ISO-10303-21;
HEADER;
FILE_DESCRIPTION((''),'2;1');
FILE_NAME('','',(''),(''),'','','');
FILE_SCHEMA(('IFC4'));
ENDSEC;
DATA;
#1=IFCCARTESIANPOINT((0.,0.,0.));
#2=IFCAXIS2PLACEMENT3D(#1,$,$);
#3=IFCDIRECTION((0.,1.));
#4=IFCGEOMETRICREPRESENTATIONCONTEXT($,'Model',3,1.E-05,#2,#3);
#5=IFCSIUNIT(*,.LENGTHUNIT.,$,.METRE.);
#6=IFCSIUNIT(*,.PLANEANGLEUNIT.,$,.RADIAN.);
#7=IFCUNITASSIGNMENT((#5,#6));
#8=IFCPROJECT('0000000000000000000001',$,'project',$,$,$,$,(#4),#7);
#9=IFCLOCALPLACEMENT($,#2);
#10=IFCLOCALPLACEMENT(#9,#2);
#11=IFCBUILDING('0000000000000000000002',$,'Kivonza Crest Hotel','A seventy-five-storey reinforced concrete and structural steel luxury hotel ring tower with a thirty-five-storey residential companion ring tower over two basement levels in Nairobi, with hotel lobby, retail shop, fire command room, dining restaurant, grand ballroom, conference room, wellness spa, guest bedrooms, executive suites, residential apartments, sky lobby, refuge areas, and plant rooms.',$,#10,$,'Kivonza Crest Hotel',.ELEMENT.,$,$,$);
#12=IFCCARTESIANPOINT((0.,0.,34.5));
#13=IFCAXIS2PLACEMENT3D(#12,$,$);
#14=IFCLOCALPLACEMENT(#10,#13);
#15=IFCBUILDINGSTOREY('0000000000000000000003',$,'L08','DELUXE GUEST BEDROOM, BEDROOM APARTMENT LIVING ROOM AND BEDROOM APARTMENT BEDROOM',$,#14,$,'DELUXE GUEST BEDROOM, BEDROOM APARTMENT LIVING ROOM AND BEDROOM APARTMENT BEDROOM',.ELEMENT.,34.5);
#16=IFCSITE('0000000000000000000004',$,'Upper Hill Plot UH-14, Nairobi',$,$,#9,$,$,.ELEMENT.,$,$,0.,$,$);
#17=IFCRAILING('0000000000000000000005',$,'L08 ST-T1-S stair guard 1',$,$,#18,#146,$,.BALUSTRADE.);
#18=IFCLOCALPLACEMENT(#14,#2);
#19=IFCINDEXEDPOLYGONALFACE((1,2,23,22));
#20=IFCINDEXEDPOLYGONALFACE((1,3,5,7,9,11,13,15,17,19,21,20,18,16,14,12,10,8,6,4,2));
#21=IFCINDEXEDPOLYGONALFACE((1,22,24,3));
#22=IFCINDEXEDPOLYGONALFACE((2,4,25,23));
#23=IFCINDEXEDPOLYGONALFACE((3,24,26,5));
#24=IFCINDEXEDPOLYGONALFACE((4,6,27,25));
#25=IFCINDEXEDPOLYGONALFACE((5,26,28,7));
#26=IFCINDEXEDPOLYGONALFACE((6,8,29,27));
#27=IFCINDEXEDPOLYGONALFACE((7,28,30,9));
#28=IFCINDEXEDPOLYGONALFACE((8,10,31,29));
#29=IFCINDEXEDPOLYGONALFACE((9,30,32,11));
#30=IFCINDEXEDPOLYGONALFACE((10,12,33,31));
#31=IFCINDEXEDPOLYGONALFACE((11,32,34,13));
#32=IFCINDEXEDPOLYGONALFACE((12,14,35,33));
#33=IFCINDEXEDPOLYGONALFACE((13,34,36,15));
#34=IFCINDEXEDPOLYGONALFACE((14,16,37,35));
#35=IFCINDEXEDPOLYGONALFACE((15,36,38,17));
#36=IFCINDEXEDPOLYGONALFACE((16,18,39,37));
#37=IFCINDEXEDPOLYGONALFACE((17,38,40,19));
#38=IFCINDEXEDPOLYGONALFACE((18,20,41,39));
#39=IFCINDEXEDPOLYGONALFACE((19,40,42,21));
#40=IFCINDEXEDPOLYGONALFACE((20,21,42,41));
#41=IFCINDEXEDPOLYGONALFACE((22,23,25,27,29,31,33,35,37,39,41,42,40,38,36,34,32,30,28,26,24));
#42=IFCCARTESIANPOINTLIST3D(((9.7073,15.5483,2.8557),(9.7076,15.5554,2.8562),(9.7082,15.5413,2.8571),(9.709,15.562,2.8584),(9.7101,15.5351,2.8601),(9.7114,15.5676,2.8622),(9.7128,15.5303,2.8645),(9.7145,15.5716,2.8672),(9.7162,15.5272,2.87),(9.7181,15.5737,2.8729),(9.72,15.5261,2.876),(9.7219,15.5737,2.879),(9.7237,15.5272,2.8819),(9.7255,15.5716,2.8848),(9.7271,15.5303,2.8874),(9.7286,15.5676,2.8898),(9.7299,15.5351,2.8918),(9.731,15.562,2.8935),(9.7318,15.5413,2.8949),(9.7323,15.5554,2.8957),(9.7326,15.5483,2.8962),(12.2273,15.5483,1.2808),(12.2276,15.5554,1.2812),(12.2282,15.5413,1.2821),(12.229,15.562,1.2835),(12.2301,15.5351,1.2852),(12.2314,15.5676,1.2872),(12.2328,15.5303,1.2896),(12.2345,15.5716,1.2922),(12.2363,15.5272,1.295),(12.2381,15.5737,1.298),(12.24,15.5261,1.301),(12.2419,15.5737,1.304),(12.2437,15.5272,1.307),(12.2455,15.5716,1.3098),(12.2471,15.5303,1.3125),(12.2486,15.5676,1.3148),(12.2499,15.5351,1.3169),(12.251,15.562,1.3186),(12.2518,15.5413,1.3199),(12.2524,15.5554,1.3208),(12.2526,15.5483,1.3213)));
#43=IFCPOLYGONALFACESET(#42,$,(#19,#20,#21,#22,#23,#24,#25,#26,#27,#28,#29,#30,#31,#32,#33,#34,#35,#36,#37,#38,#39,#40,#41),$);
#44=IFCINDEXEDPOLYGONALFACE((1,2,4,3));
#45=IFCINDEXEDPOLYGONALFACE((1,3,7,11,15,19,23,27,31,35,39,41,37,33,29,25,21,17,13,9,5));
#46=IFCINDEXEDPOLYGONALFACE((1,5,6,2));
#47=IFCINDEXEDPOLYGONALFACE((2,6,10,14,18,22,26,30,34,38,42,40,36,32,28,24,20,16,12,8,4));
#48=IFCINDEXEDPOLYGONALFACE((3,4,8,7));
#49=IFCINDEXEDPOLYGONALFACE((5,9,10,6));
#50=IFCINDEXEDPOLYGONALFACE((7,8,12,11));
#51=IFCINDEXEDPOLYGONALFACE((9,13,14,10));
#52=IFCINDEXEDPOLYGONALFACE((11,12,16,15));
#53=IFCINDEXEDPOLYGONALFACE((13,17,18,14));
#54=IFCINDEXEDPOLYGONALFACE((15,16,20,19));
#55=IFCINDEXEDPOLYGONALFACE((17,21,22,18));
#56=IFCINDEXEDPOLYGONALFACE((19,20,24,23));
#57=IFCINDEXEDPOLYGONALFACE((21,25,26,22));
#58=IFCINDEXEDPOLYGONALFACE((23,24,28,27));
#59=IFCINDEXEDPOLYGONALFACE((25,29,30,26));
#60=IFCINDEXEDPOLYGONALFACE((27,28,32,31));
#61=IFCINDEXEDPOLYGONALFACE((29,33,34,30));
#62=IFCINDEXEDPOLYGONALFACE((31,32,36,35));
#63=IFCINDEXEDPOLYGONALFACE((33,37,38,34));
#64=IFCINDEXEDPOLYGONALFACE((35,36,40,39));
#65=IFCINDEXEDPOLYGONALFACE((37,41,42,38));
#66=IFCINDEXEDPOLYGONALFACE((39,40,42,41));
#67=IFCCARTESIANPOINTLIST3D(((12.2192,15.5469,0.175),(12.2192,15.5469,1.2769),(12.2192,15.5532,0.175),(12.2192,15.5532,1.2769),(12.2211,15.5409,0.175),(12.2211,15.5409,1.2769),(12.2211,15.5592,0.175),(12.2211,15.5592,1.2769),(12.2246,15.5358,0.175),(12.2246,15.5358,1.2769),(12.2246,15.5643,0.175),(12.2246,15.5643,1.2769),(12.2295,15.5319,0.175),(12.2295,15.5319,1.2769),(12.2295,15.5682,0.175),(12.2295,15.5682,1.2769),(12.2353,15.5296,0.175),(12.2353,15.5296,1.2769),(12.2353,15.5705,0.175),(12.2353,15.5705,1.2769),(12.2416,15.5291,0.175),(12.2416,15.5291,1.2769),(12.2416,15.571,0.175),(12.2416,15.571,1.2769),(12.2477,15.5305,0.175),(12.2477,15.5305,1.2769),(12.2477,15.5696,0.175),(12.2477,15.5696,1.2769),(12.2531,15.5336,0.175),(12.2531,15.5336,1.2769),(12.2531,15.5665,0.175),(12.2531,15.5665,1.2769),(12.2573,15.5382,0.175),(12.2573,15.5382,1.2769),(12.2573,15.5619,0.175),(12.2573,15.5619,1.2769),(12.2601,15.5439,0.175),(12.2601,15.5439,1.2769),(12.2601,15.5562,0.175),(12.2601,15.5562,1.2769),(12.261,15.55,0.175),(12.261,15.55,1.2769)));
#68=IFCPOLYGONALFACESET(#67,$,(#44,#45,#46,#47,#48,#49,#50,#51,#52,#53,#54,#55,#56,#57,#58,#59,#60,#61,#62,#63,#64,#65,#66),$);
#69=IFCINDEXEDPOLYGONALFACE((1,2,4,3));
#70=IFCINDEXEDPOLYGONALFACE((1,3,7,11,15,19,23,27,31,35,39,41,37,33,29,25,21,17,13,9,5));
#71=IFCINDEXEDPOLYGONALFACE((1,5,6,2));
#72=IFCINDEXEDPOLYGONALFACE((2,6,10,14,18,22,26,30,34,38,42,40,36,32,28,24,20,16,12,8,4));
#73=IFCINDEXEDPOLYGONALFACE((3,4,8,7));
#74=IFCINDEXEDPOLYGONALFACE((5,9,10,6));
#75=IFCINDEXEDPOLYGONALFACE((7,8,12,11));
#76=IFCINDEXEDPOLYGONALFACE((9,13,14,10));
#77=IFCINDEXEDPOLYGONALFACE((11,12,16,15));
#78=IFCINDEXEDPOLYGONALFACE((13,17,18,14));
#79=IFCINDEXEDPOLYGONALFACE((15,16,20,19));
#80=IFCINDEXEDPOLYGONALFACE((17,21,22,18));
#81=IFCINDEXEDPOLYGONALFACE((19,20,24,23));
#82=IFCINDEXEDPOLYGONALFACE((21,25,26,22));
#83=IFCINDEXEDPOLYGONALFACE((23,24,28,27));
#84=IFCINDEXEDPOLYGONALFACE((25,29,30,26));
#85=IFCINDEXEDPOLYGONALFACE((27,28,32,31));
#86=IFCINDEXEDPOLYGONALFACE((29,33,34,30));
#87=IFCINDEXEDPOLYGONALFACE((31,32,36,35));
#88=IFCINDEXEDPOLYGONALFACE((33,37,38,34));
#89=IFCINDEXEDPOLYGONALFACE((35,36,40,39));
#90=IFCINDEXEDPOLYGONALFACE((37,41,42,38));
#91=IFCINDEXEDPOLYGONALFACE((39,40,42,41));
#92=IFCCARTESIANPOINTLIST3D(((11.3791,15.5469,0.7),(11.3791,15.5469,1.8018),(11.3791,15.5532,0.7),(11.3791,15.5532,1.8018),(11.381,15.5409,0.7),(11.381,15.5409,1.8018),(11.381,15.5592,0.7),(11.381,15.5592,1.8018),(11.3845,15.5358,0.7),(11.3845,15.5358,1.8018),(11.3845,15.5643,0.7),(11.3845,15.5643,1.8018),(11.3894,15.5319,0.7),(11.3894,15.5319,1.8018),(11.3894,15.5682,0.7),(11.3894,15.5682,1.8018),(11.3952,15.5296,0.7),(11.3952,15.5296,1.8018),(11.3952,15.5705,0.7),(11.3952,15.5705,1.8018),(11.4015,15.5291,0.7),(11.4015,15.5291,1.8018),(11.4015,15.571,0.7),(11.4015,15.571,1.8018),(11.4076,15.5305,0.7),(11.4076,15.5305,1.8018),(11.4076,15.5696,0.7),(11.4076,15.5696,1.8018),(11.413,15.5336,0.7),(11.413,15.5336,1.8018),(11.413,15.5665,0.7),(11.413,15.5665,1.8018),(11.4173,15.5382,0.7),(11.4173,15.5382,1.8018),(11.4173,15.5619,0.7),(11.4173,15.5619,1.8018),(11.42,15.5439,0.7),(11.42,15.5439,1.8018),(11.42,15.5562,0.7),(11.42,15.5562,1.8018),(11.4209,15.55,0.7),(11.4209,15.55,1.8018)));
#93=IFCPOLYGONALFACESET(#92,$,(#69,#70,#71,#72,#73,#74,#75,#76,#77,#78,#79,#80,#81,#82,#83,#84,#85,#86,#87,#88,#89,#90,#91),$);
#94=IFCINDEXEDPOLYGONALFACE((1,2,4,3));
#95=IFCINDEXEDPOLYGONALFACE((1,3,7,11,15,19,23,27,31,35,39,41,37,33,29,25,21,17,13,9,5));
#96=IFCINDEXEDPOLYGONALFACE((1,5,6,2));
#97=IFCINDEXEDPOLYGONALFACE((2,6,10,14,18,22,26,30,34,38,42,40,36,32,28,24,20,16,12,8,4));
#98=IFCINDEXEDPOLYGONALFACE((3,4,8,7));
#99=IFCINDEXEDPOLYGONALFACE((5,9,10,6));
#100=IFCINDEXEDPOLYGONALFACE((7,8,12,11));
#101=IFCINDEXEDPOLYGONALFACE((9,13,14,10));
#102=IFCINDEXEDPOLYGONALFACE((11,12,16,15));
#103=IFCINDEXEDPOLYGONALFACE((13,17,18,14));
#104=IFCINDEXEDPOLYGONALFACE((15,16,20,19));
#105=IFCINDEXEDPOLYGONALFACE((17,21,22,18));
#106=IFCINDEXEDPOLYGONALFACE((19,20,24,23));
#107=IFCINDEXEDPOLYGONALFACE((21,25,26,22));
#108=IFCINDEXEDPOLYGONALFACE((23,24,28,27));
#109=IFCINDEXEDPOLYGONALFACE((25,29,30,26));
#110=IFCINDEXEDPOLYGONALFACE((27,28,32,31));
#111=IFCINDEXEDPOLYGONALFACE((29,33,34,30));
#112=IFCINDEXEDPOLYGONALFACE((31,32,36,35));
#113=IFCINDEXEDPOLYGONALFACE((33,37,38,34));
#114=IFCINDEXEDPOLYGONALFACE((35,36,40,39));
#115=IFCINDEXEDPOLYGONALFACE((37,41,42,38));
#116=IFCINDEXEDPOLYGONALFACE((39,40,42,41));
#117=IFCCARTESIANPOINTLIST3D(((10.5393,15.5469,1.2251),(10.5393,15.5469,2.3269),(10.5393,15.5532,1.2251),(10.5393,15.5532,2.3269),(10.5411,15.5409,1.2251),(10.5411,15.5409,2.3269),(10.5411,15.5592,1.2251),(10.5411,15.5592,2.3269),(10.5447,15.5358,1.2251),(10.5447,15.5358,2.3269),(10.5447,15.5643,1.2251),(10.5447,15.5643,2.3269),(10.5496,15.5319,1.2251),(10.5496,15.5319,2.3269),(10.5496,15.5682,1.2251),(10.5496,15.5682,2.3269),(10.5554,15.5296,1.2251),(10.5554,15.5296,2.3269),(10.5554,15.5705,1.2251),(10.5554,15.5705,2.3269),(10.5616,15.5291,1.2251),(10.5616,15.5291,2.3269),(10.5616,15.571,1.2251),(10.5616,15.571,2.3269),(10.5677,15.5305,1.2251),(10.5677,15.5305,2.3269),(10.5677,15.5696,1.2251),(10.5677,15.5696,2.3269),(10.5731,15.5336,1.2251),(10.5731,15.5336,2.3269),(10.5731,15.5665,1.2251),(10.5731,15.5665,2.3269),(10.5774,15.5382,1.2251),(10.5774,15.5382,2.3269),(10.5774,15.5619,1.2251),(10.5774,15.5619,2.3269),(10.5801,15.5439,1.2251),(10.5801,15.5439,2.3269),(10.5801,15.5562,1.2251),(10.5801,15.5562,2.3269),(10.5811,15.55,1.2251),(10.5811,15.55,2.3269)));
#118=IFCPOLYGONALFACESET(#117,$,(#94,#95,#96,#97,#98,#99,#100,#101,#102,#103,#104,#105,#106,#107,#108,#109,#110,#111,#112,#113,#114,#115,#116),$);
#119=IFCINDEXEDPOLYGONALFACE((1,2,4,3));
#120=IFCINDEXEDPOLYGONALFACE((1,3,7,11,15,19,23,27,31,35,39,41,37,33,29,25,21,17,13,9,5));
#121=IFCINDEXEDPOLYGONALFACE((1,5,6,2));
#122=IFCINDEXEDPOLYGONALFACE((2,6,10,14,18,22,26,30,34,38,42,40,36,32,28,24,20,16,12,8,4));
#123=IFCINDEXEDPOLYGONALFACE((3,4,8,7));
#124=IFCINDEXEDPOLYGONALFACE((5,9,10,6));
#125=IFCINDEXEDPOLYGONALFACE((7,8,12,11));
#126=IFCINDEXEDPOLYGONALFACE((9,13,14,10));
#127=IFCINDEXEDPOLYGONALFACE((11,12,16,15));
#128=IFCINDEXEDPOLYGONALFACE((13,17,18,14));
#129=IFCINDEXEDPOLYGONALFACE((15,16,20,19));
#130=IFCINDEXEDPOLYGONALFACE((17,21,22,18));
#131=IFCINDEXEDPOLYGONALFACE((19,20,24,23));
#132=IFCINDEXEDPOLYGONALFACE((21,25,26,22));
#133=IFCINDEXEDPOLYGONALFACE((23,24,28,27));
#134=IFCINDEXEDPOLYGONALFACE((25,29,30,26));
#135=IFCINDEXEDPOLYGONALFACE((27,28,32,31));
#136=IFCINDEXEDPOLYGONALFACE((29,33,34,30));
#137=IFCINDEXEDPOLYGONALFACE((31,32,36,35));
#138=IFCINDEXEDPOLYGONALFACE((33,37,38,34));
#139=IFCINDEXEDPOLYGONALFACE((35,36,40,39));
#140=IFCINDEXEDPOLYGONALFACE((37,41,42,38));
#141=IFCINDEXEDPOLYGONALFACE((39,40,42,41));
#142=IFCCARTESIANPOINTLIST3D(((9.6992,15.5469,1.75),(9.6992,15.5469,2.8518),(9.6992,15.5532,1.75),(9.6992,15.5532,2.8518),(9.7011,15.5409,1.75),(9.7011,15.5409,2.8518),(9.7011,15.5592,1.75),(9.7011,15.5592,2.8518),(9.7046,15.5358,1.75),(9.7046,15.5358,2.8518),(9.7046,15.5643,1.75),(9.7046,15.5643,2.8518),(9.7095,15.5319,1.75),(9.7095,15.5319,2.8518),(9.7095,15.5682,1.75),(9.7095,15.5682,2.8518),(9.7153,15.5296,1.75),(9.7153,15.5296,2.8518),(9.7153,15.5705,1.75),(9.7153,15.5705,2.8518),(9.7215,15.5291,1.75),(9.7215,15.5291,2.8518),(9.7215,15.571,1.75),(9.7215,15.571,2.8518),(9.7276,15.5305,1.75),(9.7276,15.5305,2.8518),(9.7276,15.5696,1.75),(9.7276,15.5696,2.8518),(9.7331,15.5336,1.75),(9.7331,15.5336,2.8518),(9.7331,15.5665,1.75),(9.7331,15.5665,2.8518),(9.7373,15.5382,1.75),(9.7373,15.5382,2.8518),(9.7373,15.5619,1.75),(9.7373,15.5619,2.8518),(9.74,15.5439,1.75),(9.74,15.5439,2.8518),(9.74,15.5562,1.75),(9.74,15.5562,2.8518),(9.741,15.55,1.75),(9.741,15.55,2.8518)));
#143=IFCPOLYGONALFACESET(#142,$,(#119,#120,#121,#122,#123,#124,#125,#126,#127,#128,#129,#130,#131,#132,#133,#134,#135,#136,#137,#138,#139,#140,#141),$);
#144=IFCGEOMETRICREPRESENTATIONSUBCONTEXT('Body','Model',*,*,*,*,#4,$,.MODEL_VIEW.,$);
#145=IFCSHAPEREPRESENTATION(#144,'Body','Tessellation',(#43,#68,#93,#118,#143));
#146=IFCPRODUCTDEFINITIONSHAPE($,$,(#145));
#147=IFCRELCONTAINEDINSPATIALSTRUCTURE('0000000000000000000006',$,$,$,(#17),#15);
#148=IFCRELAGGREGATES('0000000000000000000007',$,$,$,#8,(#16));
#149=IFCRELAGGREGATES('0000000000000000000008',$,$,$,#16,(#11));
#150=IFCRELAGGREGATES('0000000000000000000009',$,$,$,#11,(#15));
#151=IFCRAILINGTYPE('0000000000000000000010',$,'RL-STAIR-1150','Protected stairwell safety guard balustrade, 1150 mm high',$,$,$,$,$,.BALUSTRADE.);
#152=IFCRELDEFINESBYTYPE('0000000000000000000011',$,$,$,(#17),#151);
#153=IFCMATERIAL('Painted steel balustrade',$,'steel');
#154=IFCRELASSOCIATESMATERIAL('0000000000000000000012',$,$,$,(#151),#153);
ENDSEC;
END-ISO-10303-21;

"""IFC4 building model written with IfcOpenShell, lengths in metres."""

from ifc_helpers import new_model, si_unit, direction, frame, origin, origin_2d, place, context, subcontext, project, spatial, circle, extrude, material, type_object, element, save


model = new_model("IFC4")

# Units and contexts
model_context = context("Model", 3, precision=1e-05, world=origin(), true_north=direction((0.0, 1.0)))
body_context = subcontext(model_context, "Body", "Model", "MODEL_VIEW")
ifc_project = project(units=[si_unit("LENGTHUNIT", "METRE"), si_unit("PLANEANGLEUNIT", "RADIAN")], contexts=[model_context])

# Site, building, storey
site_placement = place(None, origin())
site = spatial("IfcSite", under=ifc_project, at=site_placement, Name="Upper Hill Plot UH-14, Nairobi", CompositionType="ELEMENT", RefElevation=0.0)
building_placement = place(site_placement, origin())
building = spatial("IfcBuilding", under=site, at=building_placement, Name="Kivonza Crest Hotel", Description="A seventy-five-storey reinforced concrete and structural steel luxury hotel ring tower with a thirty-five-storey residential companion ring tower over two basement levels in Nairobi, with hotel lobby, retail shop, fire command room, dining restaurant, grand ballroom, conference room, wellness spa, guest bedrooms, executive suites, residential apartments, sky lobby, refuge areas, and plant rooms.", LongName="Kivonza Crest Hotel", CompositionType="ELEMENT")
storey_placement = place(building_placement, frame((0.0, 0.0, 34.5)))
storey = spatial("IfcBuildingStorey", under=building, at=storey_placement, Name="L08", Description="DELUXE GUEST BEDROOM, BEDROOM APARTMENT LIVING ROOM AND BEDROOM APARTMENT BEDROOM", LongName="DELUXE GUEST BEDROOM, BEDROOM APARTMENT LIVING ROOM AND BEDROOM APARTMENT BEDROOM", CompositionType="ELEMENT", Elevation=34.5)

# Railing
ifc_material_1 = material(Name="Painted steel balustrade", Category="steel")
railing_type_1 = type_object("IfcRailingType", Name="RL-STAIR-1150", Description="Protected stairwell safety guard balustrade, 1150 mm high", PredefinedType="BALUSTRADE", material=ifc_material_1)
railing_1_placement = place(storey_placement, frame((12.24, 15.55, 0.175)))
element("IfcRailing", 1, at=railing_1_placement, inside=storey, type_object=railing_type_1, Name="L08 ST-T1-S stair guard 1", PredefinedType="BALUSTRADE", context=body_context, shape_type="SweptSolid", body=[
    extrude(circle(Radius=0.0239, at=origin_2d()), frame((0.0, 0.0, 1.126), z_axis=(-0.848008, 0.0, 0.529984), x_axis=(0.0, -1.0, 0.0)), (0.0, 0.0, 1.0), 2.9717),
    extrude(circle(Radius=0.021, at=origin_2d()), origin(), (0.0, 0.0, 1.0), 1.1018),
    extrude(circle(Radius=0.021, at=origin_2d()), frame((-0.8401, 0.0, 0.5249)), (0.0, 0.0, 1.0), 1.1018),
    extrude(circle(Radius=0.021, at=origin_2d()), frame((-1.6799, 0.0, 1.05)), (0.0, 0.0, 1.0), 1.1018),
    extrude(circle(Radius=0.021, at=origin_2d()), frame((-2.52, 0.0, 1.575)), (0.0, 0.0, 1.0), 1.1018),
])

save(model, "model.ifc")
